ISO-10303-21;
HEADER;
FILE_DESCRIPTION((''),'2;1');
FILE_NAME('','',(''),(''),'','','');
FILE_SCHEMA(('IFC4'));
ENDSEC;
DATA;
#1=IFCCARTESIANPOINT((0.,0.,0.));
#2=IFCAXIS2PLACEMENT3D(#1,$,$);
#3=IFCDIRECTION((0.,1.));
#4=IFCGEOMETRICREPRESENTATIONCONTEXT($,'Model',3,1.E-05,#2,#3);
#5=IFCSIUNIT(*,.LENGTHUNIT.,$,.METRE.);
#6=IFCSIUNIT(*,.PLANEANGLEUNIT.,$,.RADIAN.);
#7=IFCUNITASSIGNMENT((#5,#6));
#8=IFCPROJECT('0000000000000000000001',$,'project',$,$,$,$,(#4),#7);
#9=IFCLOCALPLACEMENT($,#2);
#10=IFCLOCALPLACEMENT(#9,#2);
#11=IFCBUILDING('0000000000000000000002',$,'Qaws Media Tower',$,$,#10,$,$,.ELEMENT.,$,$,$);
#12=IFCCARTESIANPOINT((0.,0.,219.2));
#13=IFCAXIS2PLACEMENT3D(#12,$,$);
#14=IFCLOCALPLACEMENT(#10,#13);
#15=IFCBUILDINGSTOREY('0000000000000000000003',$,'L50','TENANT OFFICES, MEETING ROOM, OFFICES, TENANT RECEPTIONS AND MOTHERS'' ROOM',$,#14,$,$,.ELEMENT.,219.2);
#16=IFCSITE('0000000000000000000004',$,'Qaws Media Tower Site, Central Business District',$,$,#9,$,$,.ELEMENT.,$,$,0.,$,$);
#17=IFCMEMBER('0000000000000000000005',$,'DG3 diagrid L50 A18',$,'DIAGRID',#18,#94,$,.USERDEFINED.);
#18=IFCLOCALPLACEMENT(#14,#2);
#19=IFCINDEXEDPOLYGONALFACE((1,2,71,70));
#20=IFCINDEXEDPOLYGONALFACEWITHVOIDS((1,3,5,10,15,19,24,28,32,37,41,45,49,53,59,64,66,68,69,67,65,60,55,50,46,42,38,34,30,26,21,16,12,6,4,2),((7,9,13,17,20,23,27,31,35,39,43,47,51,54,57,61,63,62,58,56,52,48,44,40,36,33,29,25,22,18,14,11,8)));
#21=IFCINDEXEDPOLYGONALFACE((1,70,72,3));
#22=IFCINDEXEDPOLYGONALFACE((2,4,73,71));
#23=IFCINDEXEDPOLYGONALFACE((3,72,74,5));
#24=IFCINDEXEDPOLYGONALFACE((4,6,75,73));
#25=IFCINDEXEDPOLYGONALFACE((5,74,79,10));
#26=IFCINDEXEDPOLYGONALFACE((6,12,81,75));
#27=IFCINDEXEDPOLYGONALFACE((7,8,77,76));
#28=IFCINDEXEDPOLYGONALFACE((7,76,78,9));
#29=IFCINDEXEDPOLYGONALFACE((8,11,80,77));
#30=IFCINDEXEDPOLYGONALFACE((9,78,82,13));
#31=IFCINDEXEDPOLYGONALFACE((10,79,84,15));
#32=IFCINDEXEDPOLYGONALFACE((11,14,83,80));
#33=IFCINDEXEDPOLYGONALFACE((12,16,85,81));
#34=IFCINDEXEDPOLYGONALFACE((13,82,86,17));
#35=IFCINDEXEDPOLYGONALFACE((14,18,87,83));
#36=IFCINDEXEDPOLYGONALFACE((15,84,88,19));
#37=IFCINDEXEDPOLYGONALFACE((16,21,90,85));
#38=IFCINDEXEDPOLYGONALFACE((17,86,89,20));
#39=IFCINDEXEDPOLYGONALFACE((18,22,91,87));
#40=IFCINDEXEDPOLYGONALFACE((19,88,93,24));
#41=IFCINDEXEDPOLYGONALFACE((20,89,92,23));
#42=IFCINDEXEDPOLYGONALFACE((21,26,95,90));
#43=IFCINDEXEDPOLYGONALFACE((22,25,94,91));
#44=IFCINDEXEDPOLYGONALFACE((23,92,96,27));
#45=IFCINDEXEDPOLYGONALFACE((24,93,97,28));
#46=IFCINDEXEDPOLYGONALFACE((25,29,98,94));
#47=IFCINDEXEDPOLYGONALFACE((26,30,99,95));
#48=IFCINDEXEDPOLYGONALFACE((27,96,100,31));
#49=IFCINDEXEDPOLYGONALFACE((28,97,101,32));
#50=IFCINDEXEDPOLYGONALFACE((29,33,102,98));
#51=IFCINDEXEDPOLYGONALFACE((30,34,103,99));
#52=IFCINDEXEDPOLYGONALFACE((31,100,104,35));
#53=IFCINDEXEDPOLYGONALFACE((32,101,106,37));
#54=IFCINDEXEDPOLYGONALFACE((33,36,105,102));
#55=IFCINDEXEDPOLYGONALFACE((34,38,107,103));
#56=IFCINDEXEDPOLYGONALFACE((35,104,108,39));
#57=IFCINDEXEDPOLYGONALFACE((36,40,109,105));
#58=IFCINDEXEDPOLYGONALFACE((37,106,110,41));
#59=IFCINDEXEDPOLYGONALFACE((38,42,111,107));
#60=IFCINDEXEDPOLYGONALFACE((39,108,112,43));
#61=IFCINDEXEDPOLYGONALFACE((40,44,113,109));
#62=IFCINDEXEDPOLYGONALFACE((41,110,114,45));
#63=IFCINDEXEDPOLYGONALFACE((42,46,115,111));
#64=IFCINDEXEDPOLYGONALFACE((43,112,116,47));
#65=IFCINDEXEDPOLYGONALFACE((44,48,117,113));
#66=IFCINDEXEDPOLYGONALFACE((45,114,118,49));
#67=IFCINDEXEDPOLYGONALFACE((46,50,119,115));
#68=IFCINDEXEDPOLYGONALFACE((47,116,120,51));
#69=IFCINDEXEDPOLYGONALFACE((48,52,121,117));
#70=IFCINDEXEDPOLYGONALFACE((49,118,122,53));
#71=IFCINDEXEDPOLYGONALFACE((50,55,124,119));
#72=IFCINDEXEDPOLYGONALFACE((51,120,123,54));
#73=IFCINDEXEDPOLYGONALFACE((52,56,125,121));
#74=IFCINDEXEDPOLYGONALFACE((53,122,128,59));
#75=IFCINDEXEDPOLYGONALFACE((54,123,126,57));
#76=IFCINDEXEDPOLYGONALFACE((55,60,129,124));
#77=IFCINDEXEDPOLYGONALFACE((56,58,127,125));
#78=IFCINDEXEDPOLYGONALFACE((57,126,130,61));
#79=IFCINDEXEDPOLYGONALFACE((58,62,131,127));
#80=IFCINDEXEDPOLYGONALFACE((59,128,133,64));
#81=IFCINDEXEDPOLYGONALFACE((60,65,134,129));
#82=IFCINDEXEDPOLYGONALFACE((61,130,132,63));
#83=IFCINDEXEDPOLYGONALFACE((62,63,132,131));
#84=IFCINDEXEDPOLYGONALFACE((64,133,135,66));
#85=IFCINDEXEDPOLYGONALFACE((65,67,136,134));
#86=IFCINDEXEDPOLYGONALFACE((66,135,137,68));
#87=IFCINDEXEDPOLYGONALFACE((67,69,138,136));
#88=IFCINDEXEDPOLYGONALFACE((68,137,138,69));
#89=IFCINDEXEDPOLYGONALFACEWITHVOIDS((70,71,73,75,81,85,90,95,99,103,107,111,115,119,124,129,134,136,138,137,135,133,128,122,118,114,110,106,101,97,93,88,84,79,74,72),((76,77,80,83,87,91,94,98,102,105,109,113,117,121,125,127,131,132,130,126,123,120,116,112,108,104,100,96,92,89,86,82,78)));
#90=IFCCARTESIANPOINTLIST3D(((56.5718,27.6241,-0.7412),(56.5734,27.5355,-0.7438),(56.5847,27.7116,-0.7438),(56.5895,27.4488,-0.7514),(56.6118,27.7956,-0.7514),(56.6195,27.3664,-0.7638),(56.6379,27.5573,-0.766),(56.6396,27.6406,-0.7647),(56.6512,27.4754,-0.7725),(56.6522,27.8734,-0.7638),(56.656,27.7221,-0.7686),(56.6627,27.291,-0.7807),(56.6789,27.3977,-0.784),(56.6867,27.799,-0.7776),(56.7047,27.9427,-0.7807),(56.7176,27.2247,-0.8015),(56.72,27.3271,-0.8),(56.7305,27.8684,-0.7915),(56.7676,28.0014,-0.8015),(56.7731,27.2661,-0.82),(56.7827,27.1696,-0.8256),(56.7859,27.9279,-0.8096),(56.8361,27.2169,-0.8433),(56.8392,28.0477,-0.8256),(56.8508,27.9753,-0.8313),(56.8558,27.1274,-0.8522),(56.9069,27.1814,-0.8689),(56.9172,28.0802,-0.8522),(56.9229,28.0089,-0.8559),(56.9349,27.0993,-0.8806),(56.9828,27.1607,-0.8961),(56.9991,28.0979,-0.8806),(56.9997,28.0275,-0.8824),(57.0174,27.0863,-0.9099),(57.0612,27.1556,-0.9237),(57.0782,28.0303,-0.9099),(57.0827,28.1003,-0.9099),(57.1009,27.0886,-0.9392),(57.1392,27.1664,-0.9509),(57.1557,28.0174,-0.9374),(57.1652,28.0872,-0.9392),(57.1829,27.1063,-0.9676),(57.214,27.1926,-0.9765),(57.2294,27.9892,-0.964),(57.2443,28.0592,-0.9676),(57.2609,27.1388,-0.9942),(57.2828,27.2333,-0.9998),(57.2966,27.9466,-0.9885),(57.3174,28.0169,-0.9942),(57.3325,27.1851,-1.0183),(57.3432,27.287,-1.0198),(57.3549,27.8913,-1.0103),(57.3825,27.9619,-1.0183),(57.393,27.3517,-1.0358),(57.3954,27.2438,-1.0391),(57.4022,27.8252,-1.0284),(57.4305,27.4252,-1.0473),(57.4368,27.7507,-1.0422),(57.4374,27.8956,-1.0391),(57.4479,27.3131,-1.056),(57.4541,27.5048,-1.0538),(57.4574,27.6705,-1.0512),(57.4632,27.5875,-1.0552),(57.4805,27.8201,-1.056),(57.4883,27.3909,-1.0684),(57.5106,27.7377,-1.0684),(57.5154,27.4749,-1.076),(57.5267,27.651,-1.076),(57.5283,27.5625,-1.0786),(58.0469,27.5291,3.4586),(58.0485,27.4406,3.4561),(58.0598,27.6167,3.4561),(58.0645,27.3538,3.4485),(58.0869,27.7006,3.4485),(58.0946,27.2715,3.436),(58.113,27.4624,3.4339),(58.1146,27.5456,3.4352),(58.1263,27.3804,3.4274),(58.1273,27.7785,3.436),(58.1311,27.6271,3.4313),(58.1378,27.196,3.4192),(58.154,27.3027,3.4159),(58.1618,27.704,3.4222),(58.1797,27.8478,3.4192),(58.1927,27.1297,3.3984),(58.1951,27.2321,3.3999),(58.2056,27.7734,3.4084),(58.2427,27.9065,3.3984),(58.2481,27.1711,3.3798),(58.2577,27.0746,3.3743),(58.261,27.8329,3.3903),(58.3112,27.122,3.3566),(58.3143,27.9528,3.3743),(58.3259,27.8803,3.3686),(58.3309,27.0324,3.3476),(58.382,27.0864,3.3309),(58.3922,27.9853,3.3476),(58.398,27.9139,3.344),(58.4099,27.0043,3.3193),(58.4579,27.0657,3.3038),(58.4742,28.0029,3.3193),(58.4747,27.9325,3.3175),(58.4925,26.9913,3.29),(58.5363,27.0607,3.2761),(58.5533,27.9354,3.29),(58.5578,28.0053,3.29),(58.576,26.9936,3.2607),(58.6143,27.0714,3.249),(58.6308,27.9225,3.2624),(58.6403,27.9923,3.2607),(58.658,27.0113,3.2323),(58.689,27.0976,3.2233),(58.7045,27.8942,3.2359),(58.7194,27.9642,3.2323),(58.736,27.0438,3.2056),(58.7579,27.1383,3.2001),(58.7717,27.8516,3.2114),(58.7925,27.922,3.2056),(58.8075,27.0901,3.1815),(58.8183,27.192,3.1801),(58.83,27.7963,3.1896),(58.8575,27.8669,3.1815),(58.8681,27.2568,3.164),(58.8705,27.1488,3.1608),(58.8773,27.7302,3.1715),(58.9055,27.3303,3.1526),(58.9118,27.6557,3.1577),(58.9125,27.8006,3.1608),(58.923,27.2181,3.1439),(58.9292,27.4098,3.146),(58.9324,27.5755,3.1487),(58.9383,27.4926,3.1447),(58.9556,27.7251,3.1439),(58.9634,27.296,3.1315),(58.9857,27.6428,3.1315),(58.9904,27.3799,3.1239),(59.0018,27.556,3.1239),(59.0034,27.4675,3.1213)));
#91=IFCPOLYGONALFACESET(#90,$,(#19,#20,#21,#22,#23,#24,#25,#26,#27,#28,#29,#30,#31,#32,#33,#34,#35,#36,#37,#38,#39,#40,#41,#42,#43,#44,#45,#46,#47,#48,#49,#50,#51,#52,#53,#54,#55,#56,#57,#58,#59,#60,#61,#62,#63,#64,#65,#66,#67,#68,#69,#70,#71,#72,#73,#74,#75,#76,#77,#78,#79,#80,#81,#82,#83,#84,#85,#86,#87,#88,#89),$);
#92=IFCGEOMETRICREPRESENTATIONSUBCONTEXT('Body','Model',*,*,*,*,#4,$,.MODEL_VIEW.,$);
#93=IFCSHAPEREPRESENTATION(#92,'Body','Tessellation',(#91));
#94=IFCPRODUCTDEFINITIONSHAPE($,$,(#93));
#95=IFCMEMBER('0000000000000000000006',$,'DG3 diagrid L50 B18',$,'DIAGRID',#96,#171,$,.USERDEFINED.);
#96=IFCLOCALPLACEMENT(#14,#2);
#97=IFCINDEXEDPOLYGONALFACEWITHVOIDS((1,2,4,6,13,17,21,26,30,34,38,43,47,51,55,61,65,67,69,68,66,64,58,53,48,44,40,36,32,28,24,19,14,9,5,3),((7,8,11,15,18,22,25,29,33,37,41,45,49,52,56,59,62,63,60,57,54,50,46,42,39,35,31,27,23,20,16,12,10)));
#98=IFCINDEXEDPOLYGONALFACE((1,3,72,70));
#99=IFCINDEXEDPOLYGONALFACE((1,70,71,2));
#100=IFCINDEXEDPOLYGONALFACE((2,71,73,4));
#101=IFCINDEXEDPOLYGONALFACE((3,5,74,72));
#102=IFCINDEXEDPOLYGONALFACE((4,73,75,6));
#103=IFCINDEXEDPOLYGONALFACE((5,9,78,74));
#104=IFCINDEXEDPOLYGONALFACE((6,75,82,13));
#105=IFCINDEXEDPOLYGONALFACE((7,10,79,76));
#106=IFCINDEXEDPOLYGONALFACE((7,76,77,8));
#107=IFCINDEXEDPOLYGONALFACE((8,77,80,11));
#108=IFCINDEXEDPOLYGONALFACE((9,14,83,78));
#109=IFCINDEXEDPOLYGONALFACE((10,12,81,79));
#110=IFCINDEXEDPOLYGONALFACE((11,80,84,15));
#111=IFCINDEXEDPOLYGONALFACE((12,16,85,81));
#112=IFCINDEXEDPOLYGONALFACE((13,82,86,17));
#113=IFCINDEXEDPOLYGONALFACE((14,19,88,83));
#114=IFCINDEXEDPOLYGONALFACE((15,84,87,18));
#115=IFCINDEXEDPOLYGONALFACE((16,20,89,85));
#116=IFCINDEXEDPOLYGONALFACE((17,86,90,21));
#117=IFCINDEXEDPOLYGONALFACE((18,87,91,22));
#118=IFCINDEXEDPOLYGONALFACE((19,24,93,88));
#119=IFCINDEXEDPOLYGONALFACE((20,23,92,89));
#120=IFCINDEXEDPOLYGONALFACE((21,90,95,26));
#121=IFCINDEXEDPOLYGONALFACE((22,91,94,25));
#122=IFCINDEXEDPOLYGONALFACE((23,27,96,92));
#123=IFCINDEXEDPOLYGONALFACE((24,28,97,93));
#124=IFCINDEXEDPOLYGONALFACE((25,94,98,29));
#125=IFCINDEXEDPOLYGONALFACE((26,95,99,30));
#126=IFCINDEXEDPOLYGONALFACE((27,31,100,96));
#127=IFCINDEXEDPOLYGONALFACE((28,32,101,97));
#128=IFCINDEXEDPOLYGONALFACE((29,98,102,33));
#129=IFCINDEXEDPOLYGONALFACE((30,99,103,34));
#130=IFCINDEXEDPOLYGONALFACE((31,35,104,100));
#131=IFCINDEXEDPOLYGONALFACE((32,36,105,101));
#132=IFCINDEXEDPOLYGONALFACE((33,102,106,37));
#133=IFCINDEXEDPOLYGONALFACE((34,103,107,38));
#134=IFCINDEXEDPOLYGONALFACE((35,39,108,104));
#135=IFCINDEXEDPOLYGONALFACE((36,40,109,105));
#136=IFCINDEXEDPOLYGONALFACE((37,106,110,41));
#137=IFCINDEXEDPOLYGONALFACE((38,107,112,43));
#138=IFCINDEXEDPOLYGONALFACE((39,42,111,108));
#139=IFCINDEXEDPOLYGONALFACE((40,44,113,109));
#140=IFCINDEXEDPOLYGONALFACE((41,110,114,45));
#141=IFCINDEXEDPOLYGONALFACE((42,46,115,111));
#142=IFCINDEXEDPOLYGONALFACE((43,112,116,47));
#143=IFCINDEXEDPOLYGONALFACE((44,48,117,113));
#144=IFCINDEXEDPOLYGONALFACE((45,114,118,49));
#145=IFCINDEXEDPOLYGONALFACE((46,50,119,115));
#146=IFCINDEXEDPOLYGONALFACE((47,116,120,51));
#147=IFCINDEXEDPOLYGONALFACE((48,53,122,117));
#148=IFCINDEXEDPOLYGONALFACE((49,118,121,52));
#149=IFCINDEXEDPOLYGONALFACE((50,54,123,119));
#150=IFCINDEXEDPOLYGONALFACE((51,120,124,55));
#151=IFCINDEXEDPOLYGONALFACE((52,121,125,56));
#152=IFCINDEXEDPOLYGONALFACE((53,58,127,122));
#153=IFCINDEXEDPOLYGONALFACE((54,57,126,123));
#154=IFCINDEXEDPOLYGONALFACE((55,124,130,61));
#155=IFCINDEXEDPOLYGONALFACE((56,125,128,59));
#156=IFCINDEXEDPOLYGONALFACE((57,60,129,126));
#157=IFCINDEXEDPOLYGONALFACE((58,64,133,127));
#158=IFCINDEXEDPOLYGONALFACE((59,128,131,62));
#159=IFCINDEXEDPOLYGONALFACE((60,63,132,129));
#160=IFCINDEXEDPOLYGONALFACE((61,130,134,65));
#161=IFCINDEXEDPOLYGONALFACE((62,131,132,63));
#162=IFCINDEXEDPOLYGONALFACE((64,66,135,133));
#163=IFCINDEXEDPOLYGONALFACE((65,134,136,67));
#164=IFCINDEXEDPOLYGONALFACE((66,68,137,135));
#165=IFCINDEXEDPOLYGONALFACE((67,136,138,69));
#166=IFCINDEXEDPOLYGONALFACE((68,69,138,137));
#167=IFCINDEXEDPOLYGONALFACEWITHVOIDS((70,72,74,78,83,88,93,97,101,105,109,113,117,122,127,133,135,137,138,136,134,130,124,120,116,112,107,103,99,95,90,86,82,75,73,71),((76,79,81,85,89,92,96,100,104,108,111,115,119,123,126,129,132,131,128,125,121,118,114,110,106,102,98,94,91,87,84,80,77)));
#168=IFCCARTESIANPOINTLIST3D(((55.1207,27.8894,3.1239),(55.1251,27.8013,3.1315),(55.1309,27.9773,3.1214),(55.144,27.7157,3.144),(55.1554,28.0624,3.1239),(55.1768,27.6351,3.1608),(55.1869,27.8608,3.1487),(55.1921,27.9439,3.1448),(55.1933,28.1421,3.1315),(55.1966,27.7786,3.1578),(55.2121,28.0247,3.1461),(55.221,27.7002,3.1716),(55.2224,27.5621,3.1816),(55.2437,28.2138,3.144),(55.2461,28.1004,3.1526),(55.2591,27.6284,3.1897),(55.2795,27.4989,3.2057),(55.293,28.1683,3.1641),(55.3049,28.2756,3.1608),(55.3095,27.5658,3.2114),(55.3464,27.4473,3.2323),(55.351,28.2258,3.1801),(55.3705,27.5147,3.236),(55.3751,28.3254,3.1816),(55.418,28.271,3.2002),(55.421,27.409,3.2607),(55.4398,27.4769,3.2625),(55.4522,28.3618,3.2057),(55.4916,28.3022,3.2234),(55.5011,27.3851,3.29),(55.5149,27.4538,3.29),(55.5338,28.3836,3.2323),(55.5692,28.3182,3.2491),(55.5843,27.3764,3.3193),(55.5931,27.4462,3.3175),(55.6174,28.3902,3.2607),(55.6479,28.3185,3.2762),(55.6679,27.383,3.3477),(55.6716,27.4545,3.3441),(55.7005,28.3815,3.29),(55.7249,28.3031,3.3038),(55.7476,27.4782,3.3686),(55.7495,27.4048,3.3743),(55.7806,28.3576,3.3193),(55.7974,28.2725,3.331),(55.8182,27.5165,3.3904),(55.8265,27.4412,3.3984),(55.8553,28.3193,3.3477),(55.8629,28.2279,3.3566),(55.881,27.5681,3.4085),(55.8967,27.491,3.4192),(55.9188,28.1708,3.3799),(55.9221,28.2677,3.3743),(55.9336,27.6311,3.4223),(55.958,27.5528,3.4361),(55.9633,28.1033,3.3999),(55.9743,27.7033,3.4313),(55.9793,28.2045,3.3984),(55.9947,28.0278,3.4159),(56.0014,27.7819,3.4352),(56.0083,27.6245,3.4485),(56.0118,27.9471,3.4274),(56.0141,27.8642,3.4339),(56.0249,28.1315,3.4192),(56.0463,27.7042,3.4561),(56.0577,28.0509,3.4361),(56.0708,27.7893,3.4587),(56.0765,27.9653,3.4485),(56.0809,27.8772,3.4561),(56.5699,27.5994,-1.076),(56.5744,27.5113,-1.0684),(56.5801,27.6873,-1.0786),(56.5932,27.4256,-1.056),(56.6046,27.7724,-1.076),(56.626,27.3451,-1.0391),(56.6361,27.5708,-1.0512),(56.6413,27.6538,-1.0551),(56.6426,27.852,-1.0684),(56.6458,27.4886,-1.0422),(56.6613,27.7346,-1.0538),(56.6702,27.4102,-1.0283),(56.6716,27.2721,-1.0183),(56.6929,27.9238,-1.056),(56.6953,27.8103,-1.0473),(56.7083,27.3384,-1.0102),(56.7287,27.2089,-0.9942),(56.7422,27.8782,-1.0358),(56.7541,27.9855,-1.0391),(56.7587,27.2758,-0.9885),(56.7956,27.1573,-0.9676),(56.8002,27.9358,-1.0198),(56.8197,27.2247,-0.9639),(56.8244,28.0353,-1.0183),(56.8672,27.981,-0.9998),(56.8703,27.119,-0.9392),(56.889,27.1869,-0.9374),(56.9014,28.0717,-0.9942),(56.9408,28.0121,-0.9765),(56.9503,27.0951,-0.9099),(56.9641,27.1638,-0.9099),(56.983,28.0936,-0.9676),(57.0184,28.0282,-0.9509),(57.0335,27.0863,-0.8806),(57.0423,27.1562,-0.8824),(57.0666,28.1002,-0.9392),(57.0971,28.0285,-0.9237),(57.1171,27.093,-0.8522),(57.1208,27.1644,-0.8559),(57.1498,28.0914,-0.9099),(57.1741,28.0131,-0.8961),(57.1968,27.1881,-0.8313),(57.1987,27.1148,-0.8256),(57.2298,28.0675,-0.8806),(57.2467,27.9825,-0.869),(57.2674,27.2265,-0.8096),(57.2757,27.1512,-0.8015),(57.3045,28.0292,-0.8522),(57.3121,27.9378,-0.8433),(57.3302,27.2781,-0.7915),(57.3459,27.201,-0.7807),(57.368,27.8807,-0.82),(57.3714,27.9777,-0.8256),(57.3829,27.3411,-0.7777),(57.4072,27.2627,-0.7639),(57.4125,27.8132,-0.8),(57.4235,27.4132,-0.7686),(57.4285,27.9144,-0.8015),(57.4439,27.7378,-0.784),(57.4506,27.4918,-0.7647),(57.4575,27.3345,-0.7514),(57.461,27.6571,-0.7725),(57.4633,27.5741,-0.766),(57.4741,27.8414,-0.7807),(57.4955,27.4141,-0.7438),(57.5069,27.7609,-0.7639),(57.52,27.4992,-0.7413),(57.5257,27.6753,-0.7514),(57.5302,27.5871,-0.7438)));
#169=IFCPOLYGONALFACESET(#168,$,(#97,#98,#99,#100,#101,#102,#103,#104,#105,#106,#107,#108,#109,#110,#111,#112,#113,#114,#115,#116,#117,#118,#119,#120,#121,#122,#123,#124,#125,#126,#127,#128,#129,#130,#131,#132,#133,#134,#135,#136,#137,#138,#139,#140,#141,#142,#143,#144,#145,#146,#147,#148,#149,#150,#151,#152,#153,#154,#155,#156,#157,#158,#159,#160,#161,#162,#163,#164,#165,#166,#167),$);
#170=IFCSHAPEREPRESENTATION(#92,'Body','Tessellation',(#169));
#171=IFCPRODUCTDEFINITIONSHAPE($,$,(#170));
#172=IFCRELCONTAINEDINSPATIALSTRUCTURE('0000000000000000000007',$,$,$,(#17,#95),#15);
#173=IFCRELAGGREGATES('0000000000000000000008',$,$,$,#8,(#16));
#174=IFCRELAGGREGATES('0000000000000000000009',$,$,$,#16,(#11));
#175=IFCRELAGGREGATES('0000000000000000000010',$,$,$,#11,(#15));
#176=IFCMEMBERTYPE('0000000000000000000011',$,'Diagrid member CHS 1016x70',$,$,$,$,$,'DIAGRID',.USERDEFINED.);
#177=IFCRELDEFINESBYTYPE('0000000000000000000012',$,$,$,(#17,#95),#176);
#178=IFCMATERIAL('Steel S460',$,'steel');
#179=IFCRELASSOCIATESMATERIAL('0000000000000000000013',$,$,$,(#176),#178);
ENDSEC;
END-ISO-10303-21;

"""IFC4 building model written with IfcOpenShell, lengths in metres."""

from ifc_helpers import new_model, si_unit, direction, frame, origin, origin_2d, place, context, subcontext, project, spatial, hollow_circle, extrude, material, material_profile, profile_set, type_object, element, save


model = new_model("IFC4")

# Units and contexts
model_context = context("Model", 3, precision=1e-05, world=origin(), true_north=direction((0.0, 1.0)))
body_context = subcontext(model_context, "Body", "Model", "MODEL_VIEW")
ifc_project = project(units=[si_unit("LENGTHUNIT", "METRE"), si_unit("PLANEANGLEUNIT", "RADIAN")], contexts=[model_context])

# Site, building, storey
site_placement = place(None, origin())
site = spatial("IfcSite", under=ifc_project, at=site_placement, Name="Qaws Media Tower Site, Central Business District", CompositionType="ELEMENT", RefElevation=0.0)
building_placement = place(site_placement, origin())
building = spatial("IfcBuilding", under=site, at=building_placement, Name="Qaws Media Tower", CompositionType="ELEMENT")
storey_placement = place(building_placement, frame((0.0, 0.0, 219.2)))
storey = spatial("IfcBuildingStorey", under=building, at=storey_placement, Name="L50", Description="TENANT OFFICES, MEETING ROOM, OFFICES, TENANT RECEPTIONS AND MOTHERS' ROOM", CompositionType="ELEMENT", Elevation=219.2)

# Members
ifc_material_1 = material(Name="Steel S460", Category="steel")
ifc_material_profile_1 = material_profile(ifc_material_1, hollow_circle(Radius=0.5081, WallThickness=0.0701, at=origin_2d()), Name="CHS 1016x70")
ifc_profile_set_1 = profile_set([ifc_material_profile_1], Name="Steel S460")
member_type_1 = type_object("IfcMemberType", Name="Diagrid member CHS 1016x70", ElementType="DIAGRID", PredefinedType="USERDEFINED", material=ifc_profile_set_1)
for number, where, z_axis, x_axis, name in (
    (1, (57.05, 27.5933, -0.9099), (0.331298, -0.02133, 0.943285), (0.06425, 0.997934, 0.0), "DG3 diagrid L50 A18"),
    (2, (57.05, 27.5933, -0.9099), (-0.325491, 0.065142, 0.943299), (-0.196243, -0.980555, 0.0), "DG3 diagrid L50 B18"),
):
    element("IfcMember", number, at=place(storey_placement, frame(where, z_axis=z_axis, x_axis=x_axis)), inside=storey, type_object=member_type_1, Name=name, ObjectType="DIAGRID", PredefinedType="USERDEFINED", context=body_context, shape_type="SweptSolid", body=[
        extrude(hollow_circle(Radius=0.5081, WallThickness=0.0701, at=origin_2d()), origin(), (0.0, 0.0, 1.0), 4.4524),
    ])

save(model, "model.ifc")
